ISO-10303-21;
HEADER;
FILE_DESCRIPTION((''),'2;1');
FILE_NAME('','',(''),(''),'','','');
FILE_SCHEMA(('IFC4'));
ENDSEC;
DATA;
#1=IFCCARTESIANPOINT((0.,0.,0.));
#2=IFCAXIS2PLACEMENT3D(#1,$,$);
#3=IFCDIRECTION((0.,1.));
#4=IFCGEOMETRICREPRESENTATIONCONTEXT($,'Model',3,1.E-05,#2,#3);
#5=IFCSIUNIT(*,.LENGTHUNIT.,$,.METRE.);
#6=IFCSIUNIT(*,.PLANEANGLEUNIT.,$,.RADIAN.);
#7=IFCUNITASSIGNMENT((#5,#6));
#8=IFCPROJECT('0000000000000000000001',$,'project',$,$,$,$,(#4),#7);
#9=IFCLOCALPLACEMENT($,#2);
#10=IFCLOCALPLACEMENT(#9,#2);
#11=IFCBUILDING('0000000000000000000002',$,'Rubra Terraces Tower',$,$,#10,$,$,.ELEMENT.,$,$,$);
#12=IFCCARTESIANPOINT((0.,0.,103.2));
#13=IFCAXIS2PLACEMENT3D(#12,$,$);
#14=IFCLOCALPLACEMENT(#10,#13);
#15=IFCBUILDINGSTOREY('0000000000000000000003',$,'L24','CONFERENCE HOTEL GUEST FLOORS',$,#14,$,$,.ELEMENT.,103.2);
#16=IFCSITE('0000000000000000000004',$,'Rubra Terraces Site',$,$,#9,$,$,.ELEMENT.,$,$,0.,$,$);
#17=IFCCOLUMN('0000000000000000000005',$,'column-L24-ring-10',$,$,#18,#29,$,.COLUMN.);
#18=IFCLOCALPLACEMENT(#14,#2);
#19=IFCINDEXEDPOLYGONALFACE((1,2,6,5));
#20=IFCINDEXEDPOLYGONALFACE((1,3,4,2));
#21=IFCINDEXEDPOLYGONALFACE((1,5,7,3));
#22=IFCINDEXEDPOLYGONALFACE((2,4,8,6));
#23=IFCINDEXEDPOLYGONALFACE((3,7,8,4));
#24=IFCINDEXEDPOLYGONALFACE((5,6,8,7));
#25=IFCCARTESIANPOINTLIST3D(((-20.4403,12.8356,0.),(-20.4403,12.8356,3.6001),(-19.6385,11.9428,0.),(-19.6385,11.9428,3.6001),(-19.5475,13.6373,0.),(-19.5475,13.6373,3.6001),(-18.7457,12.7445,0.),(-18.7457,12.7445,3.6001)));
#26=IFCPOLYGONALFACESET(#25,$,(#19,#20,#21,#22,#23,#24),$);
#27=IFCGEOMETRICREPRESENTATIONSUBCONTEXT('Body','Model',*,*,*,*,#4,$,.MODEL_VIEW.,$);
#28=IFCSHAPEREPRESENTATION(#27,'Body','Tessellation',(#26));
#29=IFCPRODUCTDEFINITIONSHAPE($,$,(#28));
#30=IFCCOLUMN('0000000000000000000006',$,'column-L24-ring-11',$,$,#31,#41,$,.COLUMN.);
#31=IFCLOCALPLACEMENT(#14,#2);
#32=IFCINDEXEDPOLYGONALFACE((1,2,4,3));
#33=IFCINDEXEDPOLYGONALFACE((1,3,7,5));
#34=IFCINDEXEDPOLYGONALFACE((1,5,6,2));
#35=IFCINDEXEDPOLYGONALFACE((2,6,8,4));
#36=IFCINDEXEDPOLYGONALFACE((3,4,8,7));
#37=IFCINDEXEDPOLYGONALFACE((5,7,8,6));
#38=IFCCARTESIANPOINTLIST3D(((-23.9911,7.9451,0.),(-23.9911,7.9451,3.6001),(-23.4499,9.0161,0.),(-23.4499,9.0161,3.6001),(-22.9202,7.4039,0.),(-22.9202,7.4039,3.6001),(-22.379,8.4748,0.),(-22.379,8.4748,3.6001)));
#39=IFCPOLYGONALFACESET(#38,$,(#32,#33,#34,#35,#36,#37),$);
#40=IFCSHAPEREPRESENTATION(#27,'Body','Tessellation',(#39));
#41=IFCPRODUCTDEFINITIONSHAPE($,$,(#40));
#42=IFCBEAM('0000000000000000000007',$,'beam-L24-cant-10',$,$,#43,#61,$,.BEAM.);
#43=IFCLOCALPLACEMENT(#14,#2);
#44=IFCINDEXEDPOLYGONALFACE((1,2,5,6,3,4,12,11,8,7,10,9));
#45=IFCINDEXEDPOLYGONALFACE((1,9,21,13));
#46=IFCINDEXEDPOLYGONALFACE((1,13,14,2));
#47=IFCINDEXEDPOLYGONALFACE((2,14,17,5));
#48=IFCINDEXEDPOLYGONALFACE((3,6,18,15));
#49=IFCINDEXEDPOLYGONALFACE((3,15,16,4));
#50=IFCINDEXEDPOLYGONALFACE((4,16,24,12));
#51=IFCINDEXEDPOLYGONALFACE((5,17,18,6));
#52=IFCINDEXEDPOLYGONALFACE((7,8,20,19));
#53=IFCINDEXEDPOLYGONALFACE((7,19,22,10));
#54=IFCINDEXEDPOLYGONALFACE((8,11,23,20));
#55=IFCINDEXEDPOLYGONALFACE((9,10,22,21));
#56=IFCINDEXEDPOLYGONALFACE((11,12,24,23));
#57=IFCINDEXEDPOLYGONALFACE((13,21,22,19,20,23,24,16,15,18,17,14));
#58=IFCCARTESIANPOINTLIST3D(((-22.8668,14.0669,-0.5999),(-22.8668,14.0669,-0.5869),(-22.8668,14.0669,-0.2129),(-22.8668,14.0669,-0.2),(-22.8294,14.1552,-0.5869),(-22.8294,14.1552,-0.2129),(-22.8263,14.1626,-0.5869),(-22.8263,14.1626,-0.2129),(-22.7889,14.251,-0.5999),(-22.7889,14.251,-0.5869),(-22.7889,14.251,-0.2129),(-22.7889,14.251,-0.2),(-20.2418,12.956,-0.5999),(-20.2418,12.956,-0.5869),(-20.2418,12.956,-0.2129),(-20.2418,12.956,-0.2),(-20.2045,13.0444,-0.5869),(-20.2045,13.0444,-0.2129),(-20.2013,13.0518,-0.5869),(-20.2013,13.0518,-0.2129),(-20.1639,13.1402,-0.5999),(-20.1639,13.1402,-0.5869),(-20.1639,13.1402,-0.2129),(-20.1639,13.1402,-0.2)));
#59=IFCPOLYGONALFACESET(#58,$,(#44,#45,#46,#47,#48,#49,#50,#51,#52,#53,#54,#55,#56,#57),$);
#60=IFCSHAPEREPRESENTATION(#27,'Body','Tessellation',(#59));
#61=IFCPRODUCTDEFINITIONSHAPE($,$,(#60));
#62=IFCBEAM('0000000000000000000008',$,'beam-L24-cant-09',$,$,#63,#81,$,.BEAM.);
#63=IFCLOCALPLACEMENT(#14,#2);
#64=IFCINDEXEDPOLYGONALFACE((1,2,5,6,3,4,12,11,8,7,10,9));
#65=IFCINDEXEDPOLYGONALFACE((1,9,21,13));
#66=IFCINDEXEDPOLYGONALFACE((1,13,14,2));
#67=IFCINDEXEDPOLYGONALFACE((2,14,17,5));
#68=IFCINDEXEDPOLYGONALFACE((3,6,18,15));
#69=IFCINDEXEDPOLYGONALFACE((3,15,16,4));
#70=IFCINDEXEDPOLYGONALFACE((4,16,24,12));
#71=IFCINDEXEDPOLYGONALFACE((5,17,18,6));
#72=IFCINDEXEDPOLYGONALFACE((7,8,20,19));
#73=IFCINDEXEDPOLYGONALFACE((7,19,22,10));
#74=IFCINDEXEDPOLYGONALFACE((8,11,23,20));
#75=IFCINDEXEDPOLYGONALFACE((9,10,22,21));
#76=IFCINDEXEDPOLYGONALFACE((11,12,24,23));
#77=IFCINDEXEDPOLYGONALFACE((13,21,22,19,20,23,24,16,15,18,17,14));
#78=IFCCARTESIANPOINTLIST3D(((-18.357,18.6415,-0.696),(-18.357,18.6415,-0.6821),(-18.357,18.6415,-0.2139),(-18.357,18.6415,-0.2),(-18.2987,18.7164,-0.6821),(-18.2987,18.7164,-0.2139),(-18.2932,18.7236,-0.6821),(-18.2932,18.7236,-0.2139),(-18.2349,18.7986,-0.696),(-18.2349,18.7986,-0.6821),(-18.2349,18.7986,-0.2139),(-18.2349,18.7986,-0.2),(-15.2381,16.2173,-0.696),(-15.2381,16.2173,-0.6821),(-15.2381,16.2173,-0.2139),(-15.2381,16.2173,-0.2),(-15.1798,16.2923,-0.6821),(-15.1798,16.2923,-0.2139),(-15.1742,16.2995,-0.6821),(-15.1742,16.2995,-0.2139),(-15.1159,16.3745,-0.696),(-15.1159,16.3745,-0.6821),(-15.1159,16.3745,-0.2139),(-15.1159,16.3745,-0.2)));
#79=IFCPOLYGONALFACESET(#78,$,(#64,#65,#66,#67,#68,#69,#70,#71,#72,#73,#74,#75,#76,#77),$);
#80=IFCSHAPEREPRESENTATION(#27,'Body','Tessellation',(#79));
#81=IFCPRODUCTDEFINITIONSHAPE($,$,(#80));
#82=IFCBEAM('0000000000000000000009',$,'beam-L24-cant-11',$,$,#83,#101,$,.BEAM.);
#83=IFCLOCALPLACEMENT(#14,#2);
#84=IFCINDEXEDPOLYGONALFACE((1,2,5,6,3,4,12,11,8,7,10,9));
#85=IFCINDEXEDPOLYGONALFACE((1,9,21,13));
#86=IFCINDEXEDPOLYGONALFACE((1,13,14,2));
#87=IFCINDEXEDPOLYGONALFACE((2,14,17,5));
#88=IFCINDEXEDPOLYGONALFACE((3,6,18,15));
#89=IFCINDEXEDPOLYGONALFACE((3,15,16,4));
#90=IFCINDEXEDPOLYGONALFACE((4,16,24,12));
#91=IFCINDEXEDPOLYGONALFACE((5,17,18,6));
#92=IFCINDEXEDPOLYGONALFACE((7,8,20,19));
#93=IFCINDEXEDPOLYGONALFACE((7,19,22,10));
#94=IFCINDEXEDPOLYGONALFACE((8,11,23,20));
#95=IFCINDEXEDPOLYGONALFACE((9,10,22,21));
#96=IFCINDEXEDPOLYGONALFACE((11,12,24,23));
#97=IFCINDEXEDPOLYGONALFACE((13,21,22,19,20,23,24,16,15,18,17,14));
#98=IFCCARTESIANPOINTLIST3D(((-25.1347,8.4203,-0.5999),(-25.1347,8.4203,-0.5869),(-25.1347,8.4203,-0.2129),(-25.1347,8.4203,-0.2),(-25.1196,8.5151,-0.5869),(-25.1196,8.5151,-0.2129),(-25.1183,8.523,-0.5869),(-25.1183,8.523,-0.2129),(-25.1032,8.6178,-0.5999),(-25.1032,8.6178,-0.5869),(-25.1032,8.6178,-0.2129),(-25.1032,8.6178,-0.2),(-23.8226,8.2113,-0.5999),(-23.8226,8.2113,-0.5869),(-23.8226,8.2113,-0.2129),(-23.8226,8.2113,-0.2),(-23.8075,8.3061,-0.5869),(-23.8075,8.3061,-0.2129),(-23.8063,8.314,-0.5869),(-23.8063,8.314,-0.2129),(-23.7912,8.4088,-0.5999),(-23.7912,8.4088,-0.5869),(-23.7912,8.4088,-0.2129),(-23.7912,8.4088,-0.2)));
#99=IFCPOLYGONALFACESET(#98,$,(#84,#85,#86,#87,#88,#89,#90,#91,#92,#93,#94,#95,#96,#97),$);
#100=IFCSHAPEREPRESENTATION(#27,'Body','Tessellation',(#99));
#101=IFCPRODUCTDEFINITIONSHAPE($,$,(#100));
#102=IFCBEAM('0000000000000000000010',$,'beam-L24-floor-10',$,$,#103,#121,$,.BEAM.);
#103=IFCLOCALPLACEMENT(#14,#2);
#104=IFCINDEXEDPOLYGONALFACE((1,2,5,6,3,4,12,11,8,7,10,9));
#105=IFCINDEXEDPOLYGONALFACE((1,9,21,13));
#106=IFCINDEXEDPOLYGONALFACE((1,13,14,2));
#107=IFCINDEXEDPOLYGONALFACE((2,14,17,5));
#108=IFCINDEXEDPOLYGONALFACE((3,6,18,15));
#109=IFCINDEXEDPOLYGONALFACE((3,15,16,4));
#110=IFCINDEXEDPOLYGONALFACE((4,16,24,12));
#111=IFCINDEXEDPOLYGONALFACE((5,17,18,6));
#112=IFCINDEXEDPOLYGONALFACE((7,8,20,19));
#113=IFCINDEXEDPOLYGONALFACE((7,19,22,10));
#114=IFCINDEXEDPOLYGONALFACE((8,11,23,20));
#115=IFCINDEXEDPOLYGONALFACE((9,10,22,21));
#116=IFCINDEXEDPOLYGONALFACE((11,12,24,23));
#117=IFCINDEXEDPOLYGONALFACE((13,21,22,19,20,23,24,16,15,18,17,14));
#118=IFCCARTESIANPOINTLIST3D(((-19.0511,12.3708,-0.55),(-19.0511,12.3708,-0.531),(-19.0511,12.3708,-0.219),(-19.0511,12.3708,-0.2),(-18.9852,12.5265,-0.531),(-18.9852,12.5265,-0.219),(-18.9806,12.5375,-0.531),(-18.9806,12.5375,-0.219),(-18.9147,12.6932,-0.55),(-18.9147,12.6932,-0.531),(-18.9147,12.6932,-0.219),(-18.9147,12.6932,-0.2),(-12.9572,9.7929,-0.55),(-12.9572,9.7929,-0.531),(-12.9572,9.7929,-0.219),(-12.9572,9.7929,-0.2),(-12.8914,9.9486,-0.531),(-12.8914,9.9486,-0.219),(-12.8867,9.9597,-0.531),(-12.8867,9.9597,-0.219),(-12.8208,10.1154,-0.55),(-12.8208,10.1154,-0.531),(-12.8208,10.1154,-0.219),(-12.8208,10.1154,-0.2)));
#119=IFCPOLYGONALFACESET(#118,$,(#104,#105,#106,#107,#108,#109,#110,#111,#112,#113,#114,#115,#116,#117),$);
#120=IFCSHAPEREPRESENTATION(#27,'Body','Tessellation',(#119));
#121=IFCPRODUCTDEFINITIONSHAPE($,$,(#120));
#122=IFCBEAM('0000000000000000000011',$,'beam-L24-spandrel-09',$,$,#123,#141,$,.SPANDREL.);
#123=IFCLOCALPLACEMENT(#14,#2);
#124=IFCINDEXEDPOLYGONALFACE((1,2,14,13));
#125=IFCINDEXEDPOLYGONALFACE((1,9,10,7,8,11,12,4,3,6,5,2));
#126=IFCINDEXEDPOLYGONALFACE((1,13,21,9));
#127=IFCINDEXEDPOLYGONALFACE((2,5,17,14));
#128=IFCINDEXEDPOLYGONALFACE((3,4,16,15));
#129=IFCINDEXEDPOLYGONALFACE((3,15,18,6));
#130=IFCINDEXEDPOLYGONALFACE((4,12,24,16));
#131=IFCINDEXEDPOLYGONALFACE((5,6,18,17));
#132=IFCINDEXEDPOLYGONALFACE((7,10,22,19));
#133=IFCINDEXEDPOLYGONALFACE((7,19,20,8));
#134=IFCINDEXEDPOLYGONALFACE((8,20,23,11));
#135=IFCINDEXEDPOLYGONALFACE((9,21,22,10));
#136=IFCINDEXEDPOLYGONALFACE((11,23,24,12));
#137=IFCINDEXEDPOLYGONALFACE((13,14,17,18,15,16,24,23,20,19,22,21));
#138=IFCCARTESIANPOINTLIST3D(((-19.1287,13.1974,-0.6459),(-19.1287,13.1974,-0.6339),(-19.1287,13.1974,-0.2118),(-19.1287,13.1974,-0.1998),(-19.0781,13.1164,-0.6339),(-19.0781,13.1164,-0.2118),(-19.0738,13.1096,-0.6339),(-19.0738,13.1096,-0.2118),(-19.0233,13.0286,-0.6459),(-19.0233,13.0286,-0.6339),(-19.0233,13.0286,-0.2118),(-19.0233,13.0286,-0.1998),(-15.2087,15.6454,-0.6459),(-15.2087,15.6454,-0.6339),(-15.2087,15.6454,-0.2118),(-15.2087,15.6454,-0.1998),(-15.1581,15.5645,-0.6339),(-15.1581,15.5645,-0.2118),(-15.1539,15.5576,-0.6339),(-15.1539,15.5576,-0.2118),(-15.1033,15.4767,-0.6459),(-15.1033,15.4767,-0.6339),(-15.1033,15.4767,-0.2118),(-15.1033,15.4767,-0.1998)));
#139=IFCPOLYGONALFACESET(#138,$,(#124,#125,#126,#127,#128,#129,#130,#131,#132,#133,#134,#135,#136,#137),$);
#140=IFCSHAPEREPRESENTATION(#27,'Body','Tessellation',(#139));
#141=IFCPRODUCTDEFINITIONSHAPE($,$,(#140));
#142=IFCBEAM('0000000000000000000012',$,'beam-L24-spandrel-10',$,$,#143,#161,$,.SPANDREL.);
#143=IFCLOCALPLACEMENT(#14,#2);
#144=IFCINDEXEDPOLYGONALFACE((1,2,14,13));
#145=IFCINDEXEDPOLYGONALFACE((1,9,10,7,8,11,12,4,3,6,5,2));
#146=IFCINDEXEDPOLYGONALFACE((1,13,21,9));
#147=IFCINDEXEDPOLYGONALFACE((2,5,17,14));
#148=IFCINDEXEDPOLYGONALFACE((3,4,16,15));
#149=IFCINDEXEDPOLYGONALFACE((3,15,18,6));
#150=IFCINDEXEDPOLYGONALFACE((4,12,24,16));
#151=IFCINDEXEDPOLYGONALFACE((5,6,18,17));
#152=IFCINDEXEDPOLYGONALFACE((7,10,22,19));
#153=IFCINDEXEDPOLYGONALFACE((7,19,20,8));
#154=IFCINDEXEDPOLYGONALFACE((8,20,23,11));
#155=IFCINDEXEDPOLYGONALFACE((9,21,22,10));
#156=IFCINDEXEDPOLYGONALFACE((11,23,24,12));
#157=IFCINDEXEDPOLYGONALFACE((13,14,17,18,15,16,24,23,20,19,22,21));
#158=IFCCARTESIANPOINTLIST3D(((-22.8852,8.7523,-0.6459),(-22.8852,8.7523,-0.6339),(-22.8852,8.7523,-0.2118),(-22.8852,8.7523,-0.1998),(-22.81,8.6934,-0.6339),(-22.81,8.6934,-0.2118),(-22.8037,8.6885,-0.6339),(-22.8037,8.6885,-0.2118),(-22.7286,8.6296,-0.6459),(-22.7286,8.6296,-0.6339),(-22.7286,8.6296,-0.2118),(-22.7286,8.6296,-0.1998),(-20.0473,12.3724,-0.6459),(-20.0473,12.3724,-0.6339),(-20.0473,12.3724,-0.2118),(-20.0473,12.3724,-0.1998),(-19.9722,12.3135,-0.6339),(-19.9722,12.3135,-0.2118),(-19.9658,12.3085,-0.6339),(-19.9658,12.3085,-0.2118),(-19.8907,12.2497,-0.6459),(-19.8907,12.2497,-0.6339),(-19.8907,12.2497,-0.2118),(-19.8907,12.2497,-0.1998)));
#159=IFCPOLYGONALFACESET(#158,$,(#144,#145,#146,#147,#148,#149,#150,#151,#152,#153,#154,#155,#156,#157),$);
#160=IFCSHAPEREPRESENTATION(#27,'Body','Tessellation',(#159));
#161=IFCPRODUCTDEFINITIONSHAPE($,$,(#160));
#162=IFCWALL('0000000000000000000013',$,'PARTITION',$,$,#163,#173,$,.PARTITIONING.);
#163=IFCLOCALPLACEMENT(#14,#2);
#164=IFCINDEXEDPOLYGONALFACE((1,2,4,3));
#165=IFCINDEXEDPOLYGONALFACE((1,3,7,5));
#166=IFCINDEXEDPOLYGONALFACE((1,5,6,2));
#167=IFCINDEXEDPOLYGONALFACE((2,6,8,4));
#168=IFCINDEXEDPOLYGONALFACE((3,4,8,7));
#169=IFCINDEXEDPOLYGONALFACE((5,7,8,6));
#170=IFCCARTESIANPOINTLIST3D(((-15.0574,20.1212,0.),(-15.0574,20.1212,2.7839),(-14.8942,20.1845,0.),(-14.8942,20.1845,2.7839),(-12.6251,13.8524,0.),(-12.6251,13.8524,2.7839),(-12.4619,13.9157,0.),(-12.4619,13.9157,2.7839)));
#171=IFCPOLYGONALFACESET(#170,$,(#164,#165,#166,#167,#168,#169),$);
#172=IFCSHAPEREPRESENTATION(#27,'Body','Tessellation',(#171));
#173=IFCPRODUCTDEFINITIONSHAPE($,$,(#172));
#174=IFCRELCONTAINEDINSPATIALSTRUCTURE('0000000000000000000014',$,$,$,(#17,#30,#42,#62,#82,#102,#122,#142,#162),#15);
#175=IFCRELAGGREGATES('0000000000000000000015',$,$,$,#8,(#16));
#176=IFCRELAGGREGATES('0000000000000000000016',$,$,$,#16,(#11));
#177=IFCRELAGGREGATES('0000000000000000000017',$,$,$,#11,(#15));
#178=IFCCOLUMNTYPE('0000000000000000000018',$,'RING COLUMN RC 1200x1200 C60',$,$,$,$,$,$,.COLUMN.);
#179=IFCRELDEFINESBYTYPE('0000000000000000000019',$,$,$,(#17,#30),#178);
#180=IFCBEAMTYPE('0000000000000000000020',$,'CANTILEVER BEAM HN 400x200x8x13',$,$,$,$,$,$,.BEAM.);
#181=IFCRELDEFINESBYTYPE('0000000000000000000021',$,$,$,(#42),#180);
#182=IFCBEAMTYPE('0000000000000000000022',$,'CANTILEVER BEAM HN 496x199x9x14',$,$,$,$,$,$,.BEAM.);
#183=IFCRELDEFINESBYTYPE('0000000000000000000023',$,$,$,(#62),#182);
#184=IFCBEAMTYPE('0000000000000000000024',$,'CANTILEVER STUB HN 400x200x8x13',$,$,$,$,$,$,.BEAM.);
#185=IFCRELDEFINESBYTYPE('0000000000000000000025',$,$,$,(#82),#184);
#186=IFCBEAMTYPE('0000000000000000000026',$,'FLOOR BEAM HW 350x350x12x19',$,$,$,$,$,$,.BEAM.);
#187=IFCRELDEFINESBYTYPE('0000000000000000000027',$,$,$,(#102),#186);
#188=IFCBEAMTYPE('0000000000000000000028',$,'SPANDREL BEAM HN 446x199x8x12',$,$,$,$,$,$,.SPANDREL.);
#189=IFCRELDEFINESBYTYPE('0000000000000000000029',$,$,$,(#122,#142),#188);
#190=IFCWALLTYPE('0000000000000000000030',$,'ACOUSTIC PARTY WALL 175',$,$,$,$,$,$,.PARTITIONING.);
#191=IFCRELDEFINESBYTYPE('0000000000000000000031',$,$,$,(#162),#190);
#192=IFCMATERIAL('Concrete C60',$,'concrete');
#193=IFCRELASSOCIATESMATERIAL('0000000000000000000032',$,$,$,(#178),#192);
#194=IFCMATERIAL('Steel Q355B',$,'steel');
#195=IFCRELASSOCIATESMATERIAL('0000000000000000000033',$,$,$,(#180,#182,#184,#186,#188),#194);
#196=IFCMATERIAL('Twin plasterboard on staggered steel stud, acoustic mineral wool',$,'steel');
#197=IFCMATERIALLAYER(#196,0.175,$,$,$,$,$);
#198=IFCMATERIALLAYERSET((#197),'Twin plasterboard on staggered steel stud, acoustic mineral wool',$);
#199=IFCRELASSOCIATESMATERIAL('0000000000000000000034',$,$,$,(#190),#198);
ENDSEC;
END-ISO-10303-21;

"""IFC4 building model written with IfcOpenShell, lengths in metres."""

from ifc_helpers import new_model, si_unit, direction, frame, frame_2d, origin, origin_2d, place, context, subcontext, project, spatial, rectangle, i_section, extrude, material, layer, layer_set, material_profile, profile_set, type_object, element, save


model = new_model("IFC4")

# Units and contexts
model_context = context("Model", 3, precision=1e-05, world=origin(), true_north=direction((0.0, 1.0)))
body_context = subcontext(model_context, "Body", "Model", "MODEL_VIEW")
ifc_project = project(units=[si_unit("LENGTHUNIT", "METRE"), si_unit("PLANEANGLEUNIT", "RADIAN")], contexts=[model_context])

# Site, building, storey
site_placement = place(None, origin())
site = spatial("IfcSite", under=ifc_project, at=site_placement, Name="Rubra Terraces Site", CompositionType="ELEMENT", RefElevation=0.0)
building_placement = place(site_placement, origin())
building = spatial("IfcBuilding", under=site, at=building_placement, Name="Rubra Terraces Tower", CompositionType="ELEMENT")
storey_placement = place(building_placement, frame((0.0, 0.0, 103.2)))
storey = spatial("IfcBuildingStorey", under=building, at=storey_placement, Name="L24", Description="CONFERENCE HOTEL GUEST FLOORS", CompositionType="ELEMENT", Elevation=103.2)

# Columns
ifc_material_1 = material(Name="Concrete C60", Category="concrete")
ifc_material_profile_1 = material_profile(ifc_material_1, rectangle(XDim=1.2, YDim=1.2, at=origin_2d()), Name="RC 1200x1200")
ifc_profile_set_1 = profile_set([ifc_material_profile_1], Name="Concrete C60")
column_type = type_object("IfcColumnType", Name="RING COLUMN RC 1200x1200 C60", PredefinedType="COLUMN", material=ifc_profile_set_1)
for number, where, z_axis, x_axis, name in (
    (1, (-19.593, 12.79, 0.0), (0.0, 0.0, 1.0), (-0.744021, -0.668156, 0.0), "column-L24-ring-10"),
    (2, (-23.1851, 8.21, 0.0), (0.0, 0.0, 1.0), (-0.451028, -0.89251, 0.0), "column-L24-ring-11"),
):
    element("IfcColumn", number, at=place(storey_placement, frame(where, z_axis=z_axis, x_axis=x_axis)), inside=storey, type_object=column_type, Name=name, PredefinedType="COLUMN", context=body_context, shape_type="SweptSolid", body=[
        extrude(rectangle(XDim=1.2, YDim=1.2, at=origin_2d()), origin(), (0.0, 0.0, 1.0), 3.6001),
    ])

# Beams
ifc_material_2 = material(Name="Steel Q355B", Category="steel")
ifc_material_profile_2 = material_profile(ifc_material_2, i_section(OverallWidth=0.2, OverallDepth=0.3999, WebThickness=0.0081, FlangeThickness=0.0129, at=origin_2d()), Name="HN 400x200x8x13")
ifc_profile_set_2 = profile_set([ifc_material_profile_2], Name="Steel Q355B")
beam_type_1 = type_object("IfcBeamType", Name="CANTILEVER BEAM HN 400x200x8x13", PredefinedType="BEAM", material=ifc_profile_set_2)
beam_1_placement = place(storey_placement, frame((-20.2029, 13.0481, -0.3999), z_axis=(-0.920934, 0.389718, 0.0), x_axis=(-0.389718, -0.920934, 0.0)))
element("IfcBeam", 3, at=beam_1_placement, inside=storey, type_object=beam_type_1, Name="beam-L24-cant-10", PredefinedType="BEAM", context=body_context, shape_type="SweptSolid", body=[
    extrude(i_section(OverallWidth=0.2, OverallDepth=0.3999, WebThickness=0.0081, FlangeThickness=0.0129, at=origin_2d()), origin(), (0.0, 0.0, 1.0), 2.8503),
])
ifc_material_profile_3 = material_profile(ifc_material_2, i_section(OverallWidth=0.199, OverallDepth=0.4961, WebThickness=0.009, FlangeThickness=0.0139, at=origin_2d()), Name="HN 496x199x9x14")
ifc_profile_set_3 = profile_set([ifc_material_profile_3], Name="Steel Q355B")
beam_type_2 = type_object("IfcBeamType", Name="CANTILEVER BEAM HN 496x199x9x14", PredefinedType="BEAM", material=ifc_profile_set_3)
beam_2_placement = place(storey_placement, frame((-15.177, 16.2959, -0.448), z_axis=(-0.789565, 0.613667, 0.0), x_axis=(-0.613667, -0.789565, 0.0)))
element("IfcBeam", 4, at=beam_2_placement, inside=storey, type_object=beam_type_2, Name="beam-L24-cant-09", PredefinedType="BEAM", context=body_context, shape_type="SweptSolid", body=[
    extrude(i_section(OverallWidth=0.199, OverallDepth=0.4961, WebThickness=0.009, FlangeThickness=0.0139, at=origin_2d()), origin(), (0.0, 0.0, 1.0), 3.9502),
])
ifc_material_profile_4 = material_profile(ifc_material_2, i_section(OverallWidth=0.2, OverallDepth=0.3999, WebThickness=0.0081, FlangeThickness=0.0129, at=origin_2d()), Name="HN 400x200x8x13")
ifc_profile_set_4 = profile_set([ifc_material_profile_4], Name="Steel Q355B")
beam_type_3 = type_object("IfcBeamType", Name="CANTILEVER STUB HN 400x200x8x13", PredefinedType="BEAM", material=ifc_profile_set_4)
beam_3_placement = place(storey_placement, frame((-23.8069, 8.3101, -0.3999), z_axis=(-0.98755, 0.157302, 0.0), x_axis=(-0.157302, -0.98755, 0.0)))
element("IfcBeam", 5, at=beam_3_placement, inside=storey, type_object=beam_type_3, Name="beam-L24-cant-11", PredefinedType="BEAM", context=body_context, shape_type="SweptSolid", body=[
    extrude(i_section(OverallWidth=0.2, OverallDepth=0.3999, WebThickness=0.0081, FlangeThickness=0.0129, at=origin_2d()), origin(), (0.0, 0.0, 1.0), 1.3286),
])
ifc_material_profile_5 = material_profile(ifc_material_2, i_section(OverallWidth=0.3501, OverallDepth=0.3501, WebThickness=0.012, FlangeThickness=0.019, at=origin_2d()), Name="HW 350x350x12x19")
ifc_profile_set_5 = profile_set([ifc_material_profile_5], Name="Steel Q355B")
beam_type_4 = type_object("IfcBeamType", Name="FLOOR BEAM HW 350x350x12x19", PredefinedType="BEAM", material=ifc_profile_set_5)
beam_4_placement = place(storey_placement, frame((-18.9829, 12.532, -0.375), z_axis=(0.920986, -0.389595, 0.0), x_axis=(0.389595, 0.920986, 0.0)))
element("IfcBeam", 6, at=beam_4_placement, inside=storey, type_object=beam_type_4, Name="beam-L24-floor-10", PredefinedType="BEAM", context=body_context, shape_type="SweptSolid", body=[
    extrude(i_section(OverallWidth=0.3501, OverallDepth=0.3501, WebThickness=0.012, FlangeThickness=0.019, at=origin_2d()), origin(), (0.0, 0.0, 1.0), 6.6167),
])
ifc_material_profile_6 = material_profile(ifc_material_2, i_section(OverallWidth=0.199, OverallDepth=0.446, WebThickness=0.0081, FlangeThickness=0.012, at=origin_2d()), Name="HN 446x199x8x12")
ifc_profile_set_6 = profile_set([ifc_material_profile_6], Name="Steel Q355B")
beam_type_5 = type_object("IfcBeamType", Name="SPANDREL BEAM HN 446x199x8x12", PredefinedType="SPANDREL", material=ifc_profile_set_6)
beam_5_placement = place(storey_placement, frame((-15.156, 15.561, -0.4229), z_axis=(-0.848188, -0.529695, 0.0), x_axis=(0.529695, -0.848188, 0.0)))
element("IfcBeam", 7, at=beam_5_placement, inside=storey, type_object=beam_type_5, Name="beam-L24-spandrel-09", PredefinedType="SPANDREL", context=body_context, shape_type="SweptSolid", body=[
    extrude(i_section(OverallWidth=0.199, OverallDepth=0.446, WebThickness=0.0081, FlangeThickness=0.012, at=origin_2d()), origin(), (0.0, 0.0, 1.0), 4.6216),
])
beam_6_placement = place(storey_placement, frame((-19.969, 12.311, -0.4229), z_axis=(-0.616949, -0.787003, 0.0), x_axis=(0.787003, -0.616949, 0.0)))
element("IfcBeam", 8, at=beam_6_placement, inside=storey, type_object=beam_type_5, Name="beam-L24-spandrel-10", PredefinedType="SPANDREL", context=body_context, shape_type="SweptSolid", body=[
    extrude(i_section(OverallWidth=0.199, OverallDepth=0.446, WebThickness=0.0081, FlangeThickness=0.012, at=origin_2d()), origin(), (0.0, 0.0, 1.0), 4.5999),
])

# Wall
ifc_material_3 = material(Name="Twin plasterboard on staggered steel stud, acoustic mineral wool", Category="steel")
ifc_layer_1 = layer(ifc_material_3, 0.175)
ifc_layer_set_1 = layer_set([ifc_layer_1], Name="Twin plasterboard on staggered steel stud, acoustic mineral wool")
wall_type_1 = type_object("IfcWallType", Name="ACOUSTIC PARTY WALL 175", PredefinedType="PARTITIONING", material=ifc_layer_set_1)
wall_1_placement = place(storey_placement, frame((-14.9758, 20.1528, 0.0), z_axis=(0.0, 0.0, 1.0), x_axis=(0.361737, -0.93228, 0.0)))
element("IfcWall", 9, at=wall_1_placement, inside=storey, type_object=wall_type_1, Name="PARTITION", PredefinedType="PARTITIONING", context=body_context, shape_type="SweptSolid", body=[
    extrude(rectangle(XDim=6.7241, YDim=0.175, at=frame_2d((3.3621, 0.0))), origin(), (0.0, 0.0, 1.0), 2.7839),
])

save(model, "model.ifc")
